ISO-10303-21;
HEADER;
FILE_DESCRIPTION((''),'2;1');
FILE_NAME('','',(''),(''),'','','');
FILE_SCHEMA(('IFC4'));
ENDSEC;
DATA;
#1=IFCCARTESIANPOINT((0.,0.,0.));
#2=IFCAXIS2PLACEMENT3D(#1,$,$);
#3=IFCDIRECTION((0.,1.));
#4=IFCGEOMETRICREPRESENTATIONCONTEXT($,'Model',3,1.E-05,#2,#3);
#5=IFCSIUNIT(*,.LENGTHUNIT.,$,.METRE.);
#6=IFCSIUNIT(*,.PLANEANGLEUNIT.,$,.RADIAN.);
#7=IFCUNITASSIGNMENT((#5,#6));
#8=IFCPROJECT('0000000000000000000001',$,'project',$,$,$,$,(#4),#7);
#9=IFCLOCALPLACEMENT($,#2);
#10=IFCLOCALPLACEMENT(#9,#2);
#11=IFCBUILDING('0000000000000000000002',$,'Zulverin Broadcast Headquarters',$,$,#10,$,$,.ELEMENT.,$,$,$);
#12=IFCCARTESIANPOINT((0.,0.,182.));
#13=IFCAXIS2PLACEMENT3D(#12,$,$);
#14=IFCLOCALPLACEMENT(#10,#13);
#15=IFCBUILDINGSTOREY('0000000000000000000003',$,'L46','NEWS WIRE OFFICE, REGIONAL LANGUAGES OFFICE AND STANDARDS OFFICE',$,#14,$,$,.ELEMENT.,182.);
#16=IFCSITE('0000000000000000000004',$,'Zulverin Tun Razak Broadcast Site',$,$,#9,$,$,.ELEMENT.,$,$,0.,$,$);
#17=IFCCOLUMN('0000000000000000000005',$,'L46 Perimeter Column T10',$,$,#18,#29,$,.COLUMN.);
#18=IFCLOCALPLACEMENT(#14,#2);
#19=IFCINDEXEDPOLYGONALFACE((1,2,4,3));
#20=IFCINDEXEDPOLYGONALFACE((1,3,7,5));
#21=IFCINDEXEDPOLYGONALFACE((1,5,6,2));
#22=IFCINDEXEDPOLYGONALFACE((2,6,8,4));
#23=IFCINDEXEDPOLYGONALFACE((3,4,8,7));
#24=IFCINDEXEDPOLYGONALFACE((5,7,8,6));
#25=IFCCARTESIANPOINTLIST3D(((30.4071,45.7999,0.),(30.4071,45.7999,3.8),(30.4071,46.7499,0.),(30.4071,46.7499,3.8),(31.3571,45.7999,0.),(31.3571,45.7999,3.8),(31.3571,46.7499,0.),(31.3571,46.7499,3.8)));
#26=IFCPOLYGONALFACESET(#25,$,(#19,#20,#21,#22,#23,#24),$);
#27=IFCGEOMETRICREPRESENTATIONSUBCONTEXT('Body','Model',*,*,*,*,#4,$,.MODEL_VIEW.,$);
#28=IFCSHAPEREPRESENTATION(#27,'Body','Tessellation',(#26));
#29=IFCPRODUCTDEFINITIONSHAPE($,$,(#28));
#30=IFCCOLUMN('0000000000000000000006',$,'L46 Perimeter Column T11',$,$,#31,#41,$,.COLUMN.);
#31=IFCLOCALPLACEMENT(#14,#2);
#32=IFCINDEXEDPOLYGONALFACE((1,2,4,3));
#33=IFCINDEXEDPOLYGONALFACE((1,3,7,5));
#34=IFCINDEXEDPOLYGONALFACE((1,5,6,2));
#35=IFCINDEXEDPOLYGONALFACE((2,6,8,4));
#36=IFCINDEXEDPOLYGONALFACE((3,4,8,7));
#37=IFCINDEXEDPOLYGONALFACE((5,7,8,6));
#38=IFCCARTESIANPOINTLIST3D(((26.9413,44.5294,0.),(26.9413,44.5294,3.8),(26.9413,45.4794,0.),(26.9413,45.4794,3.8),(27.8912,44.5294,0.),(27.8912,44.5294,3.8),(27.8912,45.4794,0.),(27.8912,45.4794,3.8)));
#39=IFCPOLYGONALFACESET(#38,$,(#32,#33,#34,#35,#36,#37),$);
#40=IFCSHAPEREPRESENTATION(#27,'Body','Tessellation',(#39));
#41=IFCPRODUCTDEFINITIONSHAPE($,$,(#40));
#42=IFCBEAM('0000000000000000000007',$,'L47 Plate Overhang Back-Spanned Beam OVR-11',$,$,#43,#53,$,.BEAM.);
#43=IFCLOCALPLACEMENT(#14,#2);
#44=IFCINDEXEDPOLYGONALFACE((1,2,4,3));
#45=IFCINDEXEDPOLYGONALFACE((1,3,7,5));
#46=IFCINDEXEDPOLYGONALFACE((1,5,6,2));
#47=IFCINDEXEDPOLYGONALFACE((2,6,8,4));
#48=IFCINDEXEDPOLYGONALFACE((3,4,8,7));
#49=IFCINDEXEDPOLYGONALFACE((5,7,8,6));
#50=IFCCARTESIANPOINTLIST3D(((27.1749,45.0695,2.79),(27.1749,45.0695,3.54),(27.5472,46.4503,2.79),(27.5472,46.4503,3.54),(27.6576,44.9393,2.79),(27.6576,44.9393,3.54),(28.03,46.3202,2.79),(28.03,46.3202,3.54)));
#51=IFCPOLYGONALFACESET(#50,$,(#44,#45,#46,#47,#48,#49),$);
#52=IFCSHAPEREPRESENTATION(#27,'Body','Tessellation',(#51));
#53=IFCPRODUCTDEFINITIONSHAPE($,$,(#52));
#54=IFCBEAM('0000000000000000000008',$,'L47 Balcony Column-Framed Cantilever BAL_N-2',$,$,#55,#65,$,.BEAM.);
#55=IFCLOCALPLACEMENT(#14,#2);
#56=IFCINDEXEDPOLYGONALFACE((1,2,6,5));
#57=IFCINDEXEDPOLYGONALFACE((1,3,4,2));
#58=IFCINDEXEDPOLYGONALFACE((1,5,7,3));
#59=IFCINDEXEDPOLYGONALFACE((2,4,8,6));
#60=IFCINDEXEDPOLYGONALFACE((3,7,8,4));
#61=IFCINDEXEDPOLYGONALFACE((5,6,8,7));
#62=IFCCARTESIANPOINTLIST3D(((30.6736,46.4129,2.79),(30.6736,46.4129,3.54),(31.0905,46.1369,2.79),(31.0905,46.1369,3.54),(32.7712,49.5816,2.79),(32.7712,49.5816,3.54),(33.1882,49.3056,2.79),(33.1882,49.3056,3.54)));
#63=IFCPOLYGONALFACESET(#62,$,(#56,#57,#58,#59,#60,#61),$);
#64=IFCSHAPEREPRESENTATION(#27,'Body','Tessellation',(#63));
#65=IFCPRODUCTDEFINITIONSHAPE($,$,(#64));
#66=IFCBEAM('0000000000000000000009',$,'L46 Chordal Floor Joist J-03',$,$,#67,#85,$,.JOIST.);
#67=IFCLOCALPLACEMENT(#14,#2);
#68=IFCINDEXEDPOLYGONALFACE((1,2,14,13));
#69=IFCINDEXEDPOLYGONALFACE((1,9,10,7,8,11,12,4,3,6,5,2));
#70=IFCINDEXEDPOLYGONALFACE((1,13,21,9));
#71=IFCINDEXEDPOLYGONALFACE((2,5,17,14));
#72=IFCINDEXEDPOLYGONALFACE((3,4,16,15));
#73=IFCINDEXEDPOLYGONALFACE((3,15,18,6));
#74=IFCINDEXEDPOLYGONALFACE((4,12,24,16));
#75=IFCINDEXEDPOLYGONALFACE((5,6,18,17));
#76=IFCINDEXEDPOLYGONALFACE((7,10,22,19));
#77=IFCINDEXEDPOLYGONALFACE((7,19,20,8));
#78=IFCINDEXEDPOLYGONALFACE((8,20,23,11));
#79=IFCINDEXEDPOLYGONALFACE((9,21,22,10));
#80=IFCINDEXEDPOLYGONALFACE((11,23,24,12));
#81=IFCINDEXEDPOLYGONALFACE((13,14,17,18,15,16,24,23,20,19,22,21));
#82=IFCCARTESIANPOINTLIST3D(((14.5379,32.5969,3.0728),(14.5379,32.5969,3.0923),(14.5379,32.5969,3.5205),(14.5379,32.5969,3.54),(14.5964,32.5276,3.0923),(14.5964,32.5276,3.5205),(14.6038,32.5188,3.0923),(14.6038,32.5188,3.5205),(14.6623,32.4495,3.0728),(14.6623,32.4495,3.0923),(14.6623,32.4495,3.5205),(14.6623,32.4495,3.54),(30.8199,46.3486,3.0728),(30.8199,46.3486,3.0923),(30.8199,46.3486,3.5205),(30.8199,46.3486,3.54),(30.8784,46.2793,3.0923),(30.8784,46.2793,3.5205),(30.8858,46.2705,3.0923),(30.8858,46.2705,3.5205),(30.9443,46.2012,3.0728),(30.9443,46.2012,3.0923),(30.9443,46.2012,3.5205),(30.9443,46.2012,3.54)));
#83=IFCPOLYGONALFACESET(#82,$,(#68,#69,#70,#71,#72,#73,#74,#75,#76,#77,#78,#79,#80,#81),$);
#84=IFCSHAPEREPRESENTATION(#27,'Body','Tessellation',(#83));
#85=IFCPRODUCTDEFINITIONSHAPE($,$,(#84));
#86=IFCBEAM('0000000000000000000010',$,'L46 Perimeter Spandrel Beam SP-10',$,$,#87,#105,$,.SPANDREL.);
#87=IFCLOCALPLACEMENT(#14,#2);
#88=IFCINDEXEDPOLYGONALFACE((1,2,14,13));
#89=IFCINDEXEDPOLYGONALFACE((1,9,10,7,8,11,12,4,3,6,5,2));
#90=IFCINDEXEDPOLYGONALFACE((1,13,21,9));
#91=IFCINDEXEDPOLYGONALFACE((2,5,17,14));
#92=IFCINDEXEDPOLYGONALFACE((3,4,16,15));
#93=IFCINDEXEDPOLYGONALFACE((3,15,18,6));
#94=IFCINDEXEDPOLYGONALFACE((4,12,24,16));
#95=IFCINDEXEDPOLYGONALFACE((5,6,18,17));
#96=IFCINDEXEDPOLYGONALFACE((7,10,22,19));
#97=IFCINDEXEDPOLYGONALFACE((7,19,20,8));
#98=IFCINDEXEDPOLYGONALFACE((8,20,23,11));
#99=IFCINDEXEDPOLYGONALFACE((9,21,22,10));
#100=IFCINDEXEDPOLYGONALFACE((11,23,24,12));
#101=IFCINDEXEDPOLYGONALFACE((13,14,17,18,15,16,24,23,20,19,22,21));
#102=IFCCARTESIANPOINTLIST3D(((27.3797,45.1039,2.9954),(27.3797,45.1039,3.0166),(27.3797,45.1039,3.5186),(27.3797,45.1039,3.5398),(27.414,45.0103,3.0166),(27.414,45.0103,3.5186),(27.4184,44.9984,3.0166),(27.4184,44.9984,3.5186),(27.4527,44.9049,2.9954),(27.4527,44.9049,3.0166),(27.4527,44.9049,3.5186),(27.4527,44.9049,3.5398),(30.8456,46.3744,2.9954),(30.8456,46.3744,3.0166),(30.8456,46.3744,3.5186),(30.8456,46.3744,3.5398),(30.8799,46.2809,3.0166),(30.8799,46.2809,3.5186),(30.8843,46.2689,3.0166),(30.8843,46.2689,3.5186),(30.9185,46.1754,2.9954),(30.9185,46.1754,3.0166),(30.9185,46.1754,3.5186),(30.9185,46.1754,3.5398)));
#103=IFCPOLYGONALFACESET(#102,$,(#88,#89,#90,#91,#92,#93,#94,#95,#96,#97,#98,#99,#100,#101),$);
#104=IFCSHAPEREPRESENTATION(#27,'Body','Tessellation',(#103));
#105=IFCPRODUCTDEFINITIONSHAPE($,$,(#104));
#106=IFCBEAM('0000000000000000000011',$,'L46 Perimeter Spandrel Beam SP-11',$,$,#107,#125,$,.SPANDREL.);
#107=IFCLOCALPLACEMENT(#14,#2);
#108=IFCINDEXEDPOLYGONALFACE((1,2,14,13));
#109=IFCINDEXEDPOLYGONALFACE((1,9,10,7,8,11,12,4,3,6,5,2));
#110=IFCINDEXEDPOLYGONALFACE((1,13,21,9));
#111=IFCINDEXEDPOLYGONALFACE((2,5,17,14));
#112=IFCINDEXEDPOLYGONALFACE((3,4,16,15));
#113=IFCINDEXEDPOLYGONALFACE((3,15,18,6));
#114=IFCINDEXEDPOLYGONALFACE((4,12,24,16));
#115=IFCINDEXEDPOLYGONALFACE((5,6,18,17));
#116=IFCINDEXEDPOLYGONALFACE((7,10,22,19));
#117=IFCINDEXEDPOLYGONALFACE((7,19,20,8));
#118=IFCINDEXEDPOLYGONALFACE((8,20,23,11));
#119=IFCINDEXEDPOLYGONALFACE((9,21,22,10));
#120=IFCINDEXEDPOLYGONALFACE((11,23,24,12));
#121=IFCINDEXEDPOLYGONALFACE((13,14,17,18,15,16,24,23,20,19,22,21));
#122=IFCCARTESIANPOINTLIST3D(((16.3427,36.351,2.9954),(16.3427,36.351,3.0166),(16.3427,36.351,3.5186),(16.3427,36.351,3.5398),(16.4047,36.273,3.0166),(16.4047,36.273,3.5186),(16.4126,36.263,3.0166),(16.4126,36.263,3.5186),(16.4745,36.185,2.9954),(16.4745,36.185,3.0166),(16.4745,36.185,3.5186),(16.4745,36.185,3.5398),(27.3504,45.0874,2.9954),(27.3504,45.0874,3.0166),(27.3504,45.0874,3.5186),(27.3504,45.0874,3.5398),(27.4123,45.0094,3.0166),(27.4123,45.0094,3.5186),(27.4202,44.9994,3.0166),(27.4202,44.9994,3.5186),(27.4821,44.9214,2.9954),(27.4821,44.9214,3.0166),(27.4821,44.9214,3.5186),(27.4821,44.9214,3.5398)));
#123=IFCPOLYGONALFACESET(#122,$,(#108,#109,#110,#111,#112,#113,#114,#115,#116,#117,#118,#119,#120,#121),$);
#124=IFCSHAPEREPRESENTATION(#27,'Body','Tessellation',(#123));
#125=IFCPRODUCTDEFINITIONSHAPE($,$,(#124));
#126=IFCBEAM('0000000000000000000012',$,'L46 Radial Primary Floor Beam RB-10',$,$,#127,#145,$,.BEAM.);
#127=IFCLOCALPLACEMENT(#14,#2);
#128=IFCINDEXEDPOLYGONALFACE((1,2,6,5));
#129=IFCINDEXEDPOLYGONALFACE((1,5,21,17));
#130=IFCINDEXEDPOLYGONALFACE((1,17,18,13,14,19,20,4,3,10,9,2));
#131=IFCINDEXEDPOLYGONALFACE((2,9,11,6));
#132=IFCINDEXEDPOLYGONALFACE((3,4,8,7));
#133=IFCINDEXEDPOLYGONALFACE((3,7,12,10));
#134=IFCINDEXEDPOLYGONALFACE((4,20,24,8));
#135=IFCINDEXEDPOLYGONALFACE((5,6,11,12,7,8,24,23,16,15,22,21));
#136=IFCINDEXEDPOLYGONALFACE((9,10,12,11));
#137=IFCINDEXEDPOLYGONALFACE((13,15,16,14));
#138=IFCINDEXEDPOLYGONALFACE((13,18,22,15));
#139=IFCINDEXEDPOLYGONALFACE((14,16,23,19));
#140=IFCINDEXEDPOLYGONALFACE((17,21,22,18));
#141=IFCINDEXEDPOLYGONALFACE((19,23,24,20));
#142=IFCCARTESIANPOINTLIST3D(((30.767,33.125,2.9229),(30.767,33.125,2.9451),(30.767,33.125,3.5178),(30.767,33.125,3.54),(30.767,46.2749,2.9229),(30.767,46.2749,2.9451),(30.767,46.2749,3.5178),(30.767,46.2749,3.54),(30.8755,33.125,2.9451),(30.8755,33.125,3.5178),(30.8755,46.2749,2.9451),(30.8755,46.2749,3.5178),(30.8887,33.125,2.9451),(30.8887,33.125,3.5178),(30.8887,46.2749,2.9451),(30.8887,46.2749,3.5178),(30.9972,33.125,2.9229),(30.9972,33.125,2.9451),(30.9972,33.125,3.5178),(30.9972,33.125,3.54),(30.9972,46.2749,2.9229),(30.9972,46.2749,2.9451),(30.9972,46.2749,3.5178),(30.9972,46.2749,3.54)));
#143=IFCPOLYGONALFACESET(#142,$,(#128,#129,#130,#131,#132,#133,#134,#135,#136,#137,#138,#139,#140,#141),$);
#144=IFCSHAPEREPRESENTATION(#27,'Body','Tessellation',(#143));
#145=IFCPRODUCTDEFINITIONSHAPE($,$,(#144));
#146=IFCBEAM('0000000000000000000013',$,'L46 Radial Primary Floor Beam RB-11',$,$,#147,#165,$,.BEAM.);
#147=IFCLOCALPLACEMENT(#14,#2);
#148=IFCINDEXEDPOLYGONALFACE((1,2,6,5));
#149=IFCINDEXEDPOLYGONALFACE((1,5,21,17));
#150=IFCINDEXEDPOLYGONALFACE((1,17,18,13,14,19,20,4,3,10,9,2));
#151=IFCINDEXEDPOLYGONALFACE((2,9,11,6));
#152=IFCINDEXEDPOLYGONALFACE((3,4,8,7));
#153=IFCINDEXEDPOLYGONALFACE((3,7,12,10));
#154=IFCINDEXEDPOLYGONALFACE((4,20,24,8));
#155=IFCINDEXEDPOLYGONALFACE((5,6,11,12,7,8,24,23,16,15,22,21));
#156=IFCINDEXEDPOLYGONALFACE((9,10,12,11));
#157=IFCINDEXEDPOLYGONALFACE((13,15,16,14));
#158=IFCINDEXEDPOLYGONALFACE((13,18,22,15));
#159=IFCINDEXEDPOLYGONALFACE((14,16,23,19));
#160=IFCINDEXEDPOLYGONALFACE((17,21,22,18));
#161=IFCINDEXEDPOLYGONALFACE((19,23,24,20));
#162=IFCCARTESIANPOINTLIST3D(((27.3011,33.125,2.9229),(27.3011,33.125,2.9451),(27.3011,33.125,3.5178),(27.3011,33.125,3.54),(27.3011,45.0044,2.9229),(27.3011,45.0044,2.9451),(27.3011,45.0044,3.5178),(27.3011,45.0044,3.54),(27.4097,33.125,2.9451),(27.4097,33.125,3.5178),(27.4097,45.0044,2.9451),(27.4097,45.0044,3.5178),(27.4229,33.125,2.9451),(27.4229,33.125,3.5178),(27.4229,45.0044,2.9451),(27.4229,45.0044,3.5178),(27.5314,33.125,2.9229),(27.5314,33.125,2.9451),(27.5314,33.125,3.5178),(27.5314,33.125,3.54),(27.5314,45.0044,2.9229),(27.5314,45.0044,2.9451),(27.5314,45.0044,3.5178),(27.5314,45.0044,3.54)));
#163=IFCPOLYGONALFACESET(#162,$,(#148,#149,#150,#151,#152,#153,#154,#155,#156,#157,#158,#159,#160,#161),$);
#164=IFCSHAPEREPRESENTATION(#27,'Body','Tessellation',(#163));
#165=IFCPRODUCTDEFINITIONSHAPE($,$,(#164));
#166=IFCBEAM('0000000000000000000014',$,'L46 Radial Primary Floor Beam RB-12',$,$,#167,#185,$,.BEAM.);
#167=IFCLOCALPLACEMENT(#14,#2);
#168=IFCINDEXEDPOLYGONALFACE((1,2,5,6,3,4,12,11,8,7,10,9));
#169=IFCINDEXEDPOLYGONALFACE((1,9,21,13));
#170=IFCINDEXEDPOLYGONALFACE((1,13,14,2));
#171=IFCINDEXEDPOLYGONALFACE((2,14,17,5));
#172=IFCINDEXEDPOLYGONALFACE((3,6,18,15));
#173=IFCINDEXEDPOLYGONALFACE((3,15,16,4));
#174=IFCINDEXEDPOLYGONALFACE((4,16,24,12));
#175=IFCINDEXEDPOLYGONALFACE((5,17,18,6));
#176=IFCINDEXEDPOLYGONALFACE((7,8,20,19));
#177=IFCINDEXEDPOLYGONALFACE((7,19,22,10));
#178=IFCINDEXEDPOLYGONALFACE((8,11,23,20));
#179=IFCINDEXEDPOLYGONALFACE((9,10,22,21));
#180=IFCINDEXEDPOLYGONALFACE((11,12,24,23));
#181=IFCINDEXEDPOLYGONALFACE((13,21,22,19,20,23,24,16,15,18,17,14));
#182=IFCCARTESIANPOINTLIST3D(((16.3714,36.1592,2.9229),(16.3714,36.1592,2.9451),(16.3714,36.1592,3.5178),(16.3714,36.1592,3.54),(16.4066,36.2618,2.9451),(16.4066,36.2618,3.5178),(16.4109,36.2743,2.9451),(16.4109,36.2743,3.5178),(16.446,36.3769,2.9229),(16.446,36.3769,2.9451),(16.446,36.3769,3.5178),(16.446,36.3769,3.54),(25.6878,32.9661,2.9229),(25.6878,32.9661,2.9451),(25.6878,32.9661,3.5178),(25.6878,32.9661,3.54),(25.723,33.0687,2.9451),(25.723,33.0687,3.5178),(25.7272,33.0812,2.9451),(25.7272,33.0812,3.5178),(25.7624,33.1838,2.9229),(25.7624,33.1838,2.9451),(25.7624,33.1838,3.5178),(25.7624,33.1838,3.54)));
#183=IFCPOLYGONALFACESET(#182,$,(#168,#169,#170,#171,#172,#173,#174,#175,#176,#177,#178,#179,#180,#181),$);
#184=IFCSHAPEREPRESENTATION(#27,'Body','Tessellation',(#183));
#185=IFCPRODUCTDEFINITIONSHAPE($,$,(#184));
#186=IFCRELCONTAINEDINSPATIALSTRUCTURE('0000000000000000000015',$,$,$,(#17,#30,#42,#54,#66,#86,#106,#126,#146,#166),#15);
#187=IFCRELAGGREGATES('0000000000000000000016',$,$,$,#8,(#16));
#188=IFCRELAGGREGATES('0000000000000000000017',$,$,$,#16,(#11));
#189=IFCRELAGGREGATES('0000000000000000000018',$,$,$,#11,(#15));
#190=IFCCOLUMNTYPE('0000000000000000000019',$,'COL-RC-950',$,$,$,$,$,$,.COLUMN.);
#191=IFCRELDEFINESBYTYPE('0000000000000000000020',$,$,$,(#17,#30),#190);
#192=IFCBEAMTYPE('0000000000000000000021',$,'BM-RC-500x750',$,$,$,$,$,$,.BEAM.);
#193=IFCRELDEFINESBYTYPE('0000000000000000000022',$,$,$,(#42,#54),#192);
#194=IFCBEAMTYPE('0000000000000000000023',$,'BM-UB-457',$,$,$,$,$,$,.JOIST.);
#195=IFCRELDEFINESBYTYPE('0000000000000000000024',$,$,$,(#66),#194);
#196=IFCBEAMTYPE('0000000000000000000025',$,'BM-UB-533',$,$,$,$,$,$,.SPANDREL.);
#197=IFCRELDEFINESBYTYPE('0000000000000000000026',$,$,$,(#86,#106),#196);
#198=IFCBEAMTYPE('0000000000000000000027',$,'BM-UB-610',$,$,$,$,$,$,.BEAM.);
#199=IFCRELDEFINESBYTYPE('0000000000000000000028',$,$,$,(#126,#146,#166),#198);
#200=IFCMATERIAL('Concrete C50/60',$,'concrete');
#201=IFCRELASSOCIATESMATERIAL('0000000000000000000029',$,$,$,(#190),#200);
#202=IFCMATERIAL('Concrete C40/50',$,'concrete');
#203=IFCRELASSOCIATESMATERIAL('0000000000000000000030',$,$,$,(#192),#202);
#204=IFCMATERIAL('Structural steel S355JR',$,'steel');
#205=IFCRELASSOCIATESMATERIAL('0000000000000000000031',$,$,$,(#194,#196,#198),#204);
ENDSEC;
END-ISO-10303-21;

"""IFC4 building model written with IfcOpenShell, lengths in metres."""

from ifc_helpers import new_model, si_unit, direction, frame, origin, origin_2d, place, context, subcontext, project, spatial, rectangle, i_section, extrude, material, material_profile, profile_set, type_object, element, save


model = new_model("IFC4")

# Units and contexts
model_context = context("Model", 3, precision=1e-05, world=origin(), true_north=direction((0.0, 1.0)))
body_context = subcontext(model_context, "Body", "Model", "MODEL_VIEW")
ifc_project = project(units=[si_unit("LENGTHUNIT", "METRE"), si_unit("PLANEANGLEUNIT", "RADIAN")], contexts=[model_context])

# Site, building, storey
site_placement = place(None, origin())
site = spatial("IfcSite", under=ifc_project, at=site_placement, Name="Zulverin Tun Razak Broadcast Site", CompositionType="ELEMENT", RefElevation=0.0)
building_placement = place(site_placement, origin())
building = spatial("IfcBuilding", under=site, at=building_placement, Name="Zulverin Broadcast Headquarters", CompositionType="ELEMENT")
storey_placement = place(building_placement, frame((0.0, 0.0, 182.0)))
storey = spatial("IfcBuildingStorey", under=building, at=storey_placement, Name="L46", Description="NEWS WIRE OFFICE, REGIONAL LANGUAGES OFFICE AND STANDARDS OFFICE", CompositionType="ELEMENT", Elevation=182.0)

# Columns
ifc_material_1 = material(Name="Concrete C50/60", Category="concrete")
ifc_material_profile_1 = material_profile(ifc_material_1, rectangle(XDim=0.95, YDim=0.95, at=origin_2d()), Name="Concrete C50/60", Category="concrete")
ifc_profile_set_1 = profile_set([ifc_material_profile_1], Name="Concrete C50/60")
column_type = type_object("IfcColumnType", Name="COL-RC-950", PredefinedType="COLUMN", material=ifc_profile_set_1)
for number, where, z_axis, x_axis, name in (
    (1, (30.8821, 46.2749, 0.0), (0.0, 0.0, 1.0), (1.0, 0.0, 0.0), "L46 Perimeter Column T10"),
    (2, (27.4163, 45.0044, 0.0), (0.0, 0.0, 1.0), (1.0, 0.0, 0.0), "L46 Perimeter Column T11"),
):
    element("IfcColumn", number, at=place(storey_placement, frame(where, z_axis=z_axis, x_axis=x_axis)), inside=storey, type_object=column_type, Name=name, PredefinedType="COLUMN", context=body_context, shape_type="SweptSolid", body=[
        extrude(rectangle(XDim=0.95, YDim=0.95, at=origin_2d()), origin(), (0.0, 0.0, 1.0), 3.8),
    ])

# Beams
ifc_material_2 = material(Name="Concrete C40/50", Category="concrete")
ifc_material_profile_2 = material_profile(ifc_material_2, rectangle(XDim=0.5, YDim=0.75, at=origin_2d()), Name="Concrete C40/50", Category="concrete")
ifc_profile_set_2 = profile_set([ifc_material_profile_2], Name="Concrete C40/50")
beam_type_1 = type_object("IfcBeamType", Name="BM-RC-500x750", PredefinedType="BEAM", material=ifc_profile_set_2)
beam_1_placement = place(storey_placement, frame((27.4163, 45.0044, 3.165), z_axis=(0.260329, 0.96552, 0.0), x_axis=(-0.96552, 0.260329, 0.0)))
element("IfcBeam", 3, at=beam_1_placement, inside=storey, type_object=beam_type_1, Name="L47 Plate Overhang Back-Spanned Beam OVR-11", PredefinedType="BEAM", context=body_context, shape_type="SweptSolid", body=[
    extrude(rectangle(XDim=0.5, YDim=0.75, at=origin_2d()), origin(), (0.0, 0.0, 1.0), 1.4302),
])
beam_2_placement = place(storey_placement, frame((30.8821, 46.2749, 3.165), z_axis=(0.551999, 0.833845, 0.0), x_axis=(-0.833845, 0.551999, 0.0)))
element("IfcBeam", 4, at=beam_2_placement, inside=storey, type_object=beam_type_1, Name="L47 Balcony Column-Framed Cantilever BAL_N-2", PredefinedType="BEAM", context=body_context, shape_type="SweptSolid", body=[
    extrude(rectangle(XDim=0.5, YDim=0.75, at=origin_2d()), origin(), (0.0, 0.0, 1.0), 3.8),
])
ifc_material_3 = material(Name="Structural steel S355JR", Category="steel")
ifc_material_profile_3 = material_profile(ifc_material_3, i_section(OverallWidth=0.1929, OverallDepth=0.4673, WebThickness=0.0115, FlangeThickness=0.0195, at=origin_2d()), Name="Structural steel S355JR", Category="steel")
ifc_profile_set_3 = profile_set([ifc_material_profile_3], Name="Structural steel S355JR")
beam_type_2 = type_object("IfcBeamType", Name="BM-UB-457", PredefinedType="JOIST", material=ifc_profile_set_3)
beam_3_placement = place(storey_placement, frame((30.8821, 46.2749, 3.3064), z_axis=(-0.763973, -0.645249, 0.0), x_axis=(0.645249, -0.763973, 0.0)))
element("IfcBeam", 5, at=beam_3_placement, inside=storey, type_object=beam_type_2, Name="L46 Chordal Floor Joist J-03", PredefinedType="JOIST", context=body_context, shape_type="SweptSolid", body=[
    extrude(i_section(OverallWidth=0.1929, OverallDepth=0.4673, WebThickness=0.0115, FlangeThickness=0.0195, at=origin_2d()), origin(), (0.0, 0.0, 1.0), 21.3123),
])
ifc_material_profile_4 = material_profile(ifc_material_3, i_section(OverallWidth=0.2119, OverallDepth=0.5444, WebThickness=0.0127, FlangeThickness=0.0212, at=origin_2d()), Name="Structural steel S355JR", Category="steel")
ifc_profile_set_4 = profile_set([ifc_material_profile_4], Name="Structural steel S355JR")
beam_type_3 = type_object("IfcBeamType", Name="BM-UB-533", PredefinedType="SPANDREL", material=ifc_profile_set_4)
beam_4_placement = place(storey_placement, frame((30.8821, 46.2749, 3.2676), z_axis=(-0.938902, -0.344185, 0.0), x_axis=(0.344185, -0.938902, 0.0)))
element("IfcBeam", 6, at=beam_4_placement, inside=storey, type_object=beam_type_3, Name="L46 Perimeter Spandrel Beam SP-10", PredefinedType="SPANDREL", context=body_context, shape_type="SweptSolid", body=[
    extrude(i_section(OverallWidth=0.2119, OverallDepth=0.5444, WebThickness=0.0127, FlangeThickness=0.0212, at=origin_2d()), origin(), (0.0, 0.0, 1.0), 3.6914),
])
beam_5_placement = place(storey_placement, frame((27.4163, 45.0044, 3.2676), z_axis=(-0.783283, -0.621665, 0.0), x_axis=(0.621665, -0.783283, 0.0)))
element("IfcBeam", 7, at=beam_5_placement, inside=storey, type_object=beam_type_3, Name="L46 Perimeter Spandrel Beam SP-11", PredefinedType="SPANDREL", context=body_context, shape_type="SweptSolid", body=[
    extrude(i_section(OverallWidth=0.2119, OverallDepth=0.5444, WebThickness=0.0127, FlangeThickness=0.0212, at=origin_2d()), origin(), (0.0, 0.0, 1.0), 14.0532),
])
ifc_material_profile_5 = material_profile(ifc_material_3, i_section(OverallWidth=0.2302, OverallDepth=0.6172, WebThickness=0.0132, FlangeThickness=0.0222, at=origin_2d()), Name="Structural steel S355JR", Category="steel")
ifc_profile_set_5 = profile_set([ifc_material_profile_5], Name="Structural steel S355JR")
beam_type_4 = type_object("IfcBeamType", Name="BM-UB-610", PredefinedType="BEAM", material=ifc_profile_set_5)
beam_6_placement = place(storey_placement, frame((30.8821, 33.125, 3.2314), z_axis=(0.0, 1.0, 0.0), x_axis=(-1.0, 0.0, 0.0)))
element("IfcBeam", 8, at=beam_6_placement, inside=storey, type_object=beam_type_4, Name="L46 Radial Primary Floor Beam RB-10", PredefinedType="BEAM", context=body_context, shape_type="SweptSolid", body=[
    extrude(i_section(OverallWidth=0.2302, OverallDepth=0.6172, WebThickness=0.0132, FlangeThickness=0.0222, at=origin_2d()), origin(), (0.0, 0.0, 1.0), 13.1499),
])
beam_7_placement = place(storey_placement, frame((27.4163, 33.125, 3.2314), z_axis=(0.0, 1.0, 0.0), x_axis=(-1.0, 0.0, 0.0)))
element("IfcBeam", 9, at=beam_7_placement, inside=storey, type_object=beam_type_4, Name="L46 Radial Primary Floor Beam RB-11", PredefinedType="BEAM", context=body_context, shape_type="SweptSolid", body=[
    extrude(i_section(OverallWidth=0.2302, OverallDepth=0.6172, WebThickness=0.0132, FlangeThickness=0.0222, at=origin_2d()), origin(), (0.0, 0.0, 1.0), 11.8794),
])
beam_8_placement = place(storey_placement, frame((25.7251, 33.075, 3.2314), z_axis=(-0.94598, 0.324226, 0.0), x_axis=(-0.324226, -0.94598, 0.0)))
element("IfcBeam", 10, at=beam_8_placement, inside=storey, type_object=beam_type_4, Name="L46 Radial Primary Floor Beam RB-12", PredefinedType="BEAM", context=body_context, shape_type="SweptSolid", body=[
    extrude(i_section(OverallWidth=0.2302, OverallDepth=0.6172, WebThickness=0.0132, FlangeThickness=0.0222, at=origin_2d()), origin(), (0.0, 0.0, 1.0), 9.8484),
])

save(model, "model.ifc")
